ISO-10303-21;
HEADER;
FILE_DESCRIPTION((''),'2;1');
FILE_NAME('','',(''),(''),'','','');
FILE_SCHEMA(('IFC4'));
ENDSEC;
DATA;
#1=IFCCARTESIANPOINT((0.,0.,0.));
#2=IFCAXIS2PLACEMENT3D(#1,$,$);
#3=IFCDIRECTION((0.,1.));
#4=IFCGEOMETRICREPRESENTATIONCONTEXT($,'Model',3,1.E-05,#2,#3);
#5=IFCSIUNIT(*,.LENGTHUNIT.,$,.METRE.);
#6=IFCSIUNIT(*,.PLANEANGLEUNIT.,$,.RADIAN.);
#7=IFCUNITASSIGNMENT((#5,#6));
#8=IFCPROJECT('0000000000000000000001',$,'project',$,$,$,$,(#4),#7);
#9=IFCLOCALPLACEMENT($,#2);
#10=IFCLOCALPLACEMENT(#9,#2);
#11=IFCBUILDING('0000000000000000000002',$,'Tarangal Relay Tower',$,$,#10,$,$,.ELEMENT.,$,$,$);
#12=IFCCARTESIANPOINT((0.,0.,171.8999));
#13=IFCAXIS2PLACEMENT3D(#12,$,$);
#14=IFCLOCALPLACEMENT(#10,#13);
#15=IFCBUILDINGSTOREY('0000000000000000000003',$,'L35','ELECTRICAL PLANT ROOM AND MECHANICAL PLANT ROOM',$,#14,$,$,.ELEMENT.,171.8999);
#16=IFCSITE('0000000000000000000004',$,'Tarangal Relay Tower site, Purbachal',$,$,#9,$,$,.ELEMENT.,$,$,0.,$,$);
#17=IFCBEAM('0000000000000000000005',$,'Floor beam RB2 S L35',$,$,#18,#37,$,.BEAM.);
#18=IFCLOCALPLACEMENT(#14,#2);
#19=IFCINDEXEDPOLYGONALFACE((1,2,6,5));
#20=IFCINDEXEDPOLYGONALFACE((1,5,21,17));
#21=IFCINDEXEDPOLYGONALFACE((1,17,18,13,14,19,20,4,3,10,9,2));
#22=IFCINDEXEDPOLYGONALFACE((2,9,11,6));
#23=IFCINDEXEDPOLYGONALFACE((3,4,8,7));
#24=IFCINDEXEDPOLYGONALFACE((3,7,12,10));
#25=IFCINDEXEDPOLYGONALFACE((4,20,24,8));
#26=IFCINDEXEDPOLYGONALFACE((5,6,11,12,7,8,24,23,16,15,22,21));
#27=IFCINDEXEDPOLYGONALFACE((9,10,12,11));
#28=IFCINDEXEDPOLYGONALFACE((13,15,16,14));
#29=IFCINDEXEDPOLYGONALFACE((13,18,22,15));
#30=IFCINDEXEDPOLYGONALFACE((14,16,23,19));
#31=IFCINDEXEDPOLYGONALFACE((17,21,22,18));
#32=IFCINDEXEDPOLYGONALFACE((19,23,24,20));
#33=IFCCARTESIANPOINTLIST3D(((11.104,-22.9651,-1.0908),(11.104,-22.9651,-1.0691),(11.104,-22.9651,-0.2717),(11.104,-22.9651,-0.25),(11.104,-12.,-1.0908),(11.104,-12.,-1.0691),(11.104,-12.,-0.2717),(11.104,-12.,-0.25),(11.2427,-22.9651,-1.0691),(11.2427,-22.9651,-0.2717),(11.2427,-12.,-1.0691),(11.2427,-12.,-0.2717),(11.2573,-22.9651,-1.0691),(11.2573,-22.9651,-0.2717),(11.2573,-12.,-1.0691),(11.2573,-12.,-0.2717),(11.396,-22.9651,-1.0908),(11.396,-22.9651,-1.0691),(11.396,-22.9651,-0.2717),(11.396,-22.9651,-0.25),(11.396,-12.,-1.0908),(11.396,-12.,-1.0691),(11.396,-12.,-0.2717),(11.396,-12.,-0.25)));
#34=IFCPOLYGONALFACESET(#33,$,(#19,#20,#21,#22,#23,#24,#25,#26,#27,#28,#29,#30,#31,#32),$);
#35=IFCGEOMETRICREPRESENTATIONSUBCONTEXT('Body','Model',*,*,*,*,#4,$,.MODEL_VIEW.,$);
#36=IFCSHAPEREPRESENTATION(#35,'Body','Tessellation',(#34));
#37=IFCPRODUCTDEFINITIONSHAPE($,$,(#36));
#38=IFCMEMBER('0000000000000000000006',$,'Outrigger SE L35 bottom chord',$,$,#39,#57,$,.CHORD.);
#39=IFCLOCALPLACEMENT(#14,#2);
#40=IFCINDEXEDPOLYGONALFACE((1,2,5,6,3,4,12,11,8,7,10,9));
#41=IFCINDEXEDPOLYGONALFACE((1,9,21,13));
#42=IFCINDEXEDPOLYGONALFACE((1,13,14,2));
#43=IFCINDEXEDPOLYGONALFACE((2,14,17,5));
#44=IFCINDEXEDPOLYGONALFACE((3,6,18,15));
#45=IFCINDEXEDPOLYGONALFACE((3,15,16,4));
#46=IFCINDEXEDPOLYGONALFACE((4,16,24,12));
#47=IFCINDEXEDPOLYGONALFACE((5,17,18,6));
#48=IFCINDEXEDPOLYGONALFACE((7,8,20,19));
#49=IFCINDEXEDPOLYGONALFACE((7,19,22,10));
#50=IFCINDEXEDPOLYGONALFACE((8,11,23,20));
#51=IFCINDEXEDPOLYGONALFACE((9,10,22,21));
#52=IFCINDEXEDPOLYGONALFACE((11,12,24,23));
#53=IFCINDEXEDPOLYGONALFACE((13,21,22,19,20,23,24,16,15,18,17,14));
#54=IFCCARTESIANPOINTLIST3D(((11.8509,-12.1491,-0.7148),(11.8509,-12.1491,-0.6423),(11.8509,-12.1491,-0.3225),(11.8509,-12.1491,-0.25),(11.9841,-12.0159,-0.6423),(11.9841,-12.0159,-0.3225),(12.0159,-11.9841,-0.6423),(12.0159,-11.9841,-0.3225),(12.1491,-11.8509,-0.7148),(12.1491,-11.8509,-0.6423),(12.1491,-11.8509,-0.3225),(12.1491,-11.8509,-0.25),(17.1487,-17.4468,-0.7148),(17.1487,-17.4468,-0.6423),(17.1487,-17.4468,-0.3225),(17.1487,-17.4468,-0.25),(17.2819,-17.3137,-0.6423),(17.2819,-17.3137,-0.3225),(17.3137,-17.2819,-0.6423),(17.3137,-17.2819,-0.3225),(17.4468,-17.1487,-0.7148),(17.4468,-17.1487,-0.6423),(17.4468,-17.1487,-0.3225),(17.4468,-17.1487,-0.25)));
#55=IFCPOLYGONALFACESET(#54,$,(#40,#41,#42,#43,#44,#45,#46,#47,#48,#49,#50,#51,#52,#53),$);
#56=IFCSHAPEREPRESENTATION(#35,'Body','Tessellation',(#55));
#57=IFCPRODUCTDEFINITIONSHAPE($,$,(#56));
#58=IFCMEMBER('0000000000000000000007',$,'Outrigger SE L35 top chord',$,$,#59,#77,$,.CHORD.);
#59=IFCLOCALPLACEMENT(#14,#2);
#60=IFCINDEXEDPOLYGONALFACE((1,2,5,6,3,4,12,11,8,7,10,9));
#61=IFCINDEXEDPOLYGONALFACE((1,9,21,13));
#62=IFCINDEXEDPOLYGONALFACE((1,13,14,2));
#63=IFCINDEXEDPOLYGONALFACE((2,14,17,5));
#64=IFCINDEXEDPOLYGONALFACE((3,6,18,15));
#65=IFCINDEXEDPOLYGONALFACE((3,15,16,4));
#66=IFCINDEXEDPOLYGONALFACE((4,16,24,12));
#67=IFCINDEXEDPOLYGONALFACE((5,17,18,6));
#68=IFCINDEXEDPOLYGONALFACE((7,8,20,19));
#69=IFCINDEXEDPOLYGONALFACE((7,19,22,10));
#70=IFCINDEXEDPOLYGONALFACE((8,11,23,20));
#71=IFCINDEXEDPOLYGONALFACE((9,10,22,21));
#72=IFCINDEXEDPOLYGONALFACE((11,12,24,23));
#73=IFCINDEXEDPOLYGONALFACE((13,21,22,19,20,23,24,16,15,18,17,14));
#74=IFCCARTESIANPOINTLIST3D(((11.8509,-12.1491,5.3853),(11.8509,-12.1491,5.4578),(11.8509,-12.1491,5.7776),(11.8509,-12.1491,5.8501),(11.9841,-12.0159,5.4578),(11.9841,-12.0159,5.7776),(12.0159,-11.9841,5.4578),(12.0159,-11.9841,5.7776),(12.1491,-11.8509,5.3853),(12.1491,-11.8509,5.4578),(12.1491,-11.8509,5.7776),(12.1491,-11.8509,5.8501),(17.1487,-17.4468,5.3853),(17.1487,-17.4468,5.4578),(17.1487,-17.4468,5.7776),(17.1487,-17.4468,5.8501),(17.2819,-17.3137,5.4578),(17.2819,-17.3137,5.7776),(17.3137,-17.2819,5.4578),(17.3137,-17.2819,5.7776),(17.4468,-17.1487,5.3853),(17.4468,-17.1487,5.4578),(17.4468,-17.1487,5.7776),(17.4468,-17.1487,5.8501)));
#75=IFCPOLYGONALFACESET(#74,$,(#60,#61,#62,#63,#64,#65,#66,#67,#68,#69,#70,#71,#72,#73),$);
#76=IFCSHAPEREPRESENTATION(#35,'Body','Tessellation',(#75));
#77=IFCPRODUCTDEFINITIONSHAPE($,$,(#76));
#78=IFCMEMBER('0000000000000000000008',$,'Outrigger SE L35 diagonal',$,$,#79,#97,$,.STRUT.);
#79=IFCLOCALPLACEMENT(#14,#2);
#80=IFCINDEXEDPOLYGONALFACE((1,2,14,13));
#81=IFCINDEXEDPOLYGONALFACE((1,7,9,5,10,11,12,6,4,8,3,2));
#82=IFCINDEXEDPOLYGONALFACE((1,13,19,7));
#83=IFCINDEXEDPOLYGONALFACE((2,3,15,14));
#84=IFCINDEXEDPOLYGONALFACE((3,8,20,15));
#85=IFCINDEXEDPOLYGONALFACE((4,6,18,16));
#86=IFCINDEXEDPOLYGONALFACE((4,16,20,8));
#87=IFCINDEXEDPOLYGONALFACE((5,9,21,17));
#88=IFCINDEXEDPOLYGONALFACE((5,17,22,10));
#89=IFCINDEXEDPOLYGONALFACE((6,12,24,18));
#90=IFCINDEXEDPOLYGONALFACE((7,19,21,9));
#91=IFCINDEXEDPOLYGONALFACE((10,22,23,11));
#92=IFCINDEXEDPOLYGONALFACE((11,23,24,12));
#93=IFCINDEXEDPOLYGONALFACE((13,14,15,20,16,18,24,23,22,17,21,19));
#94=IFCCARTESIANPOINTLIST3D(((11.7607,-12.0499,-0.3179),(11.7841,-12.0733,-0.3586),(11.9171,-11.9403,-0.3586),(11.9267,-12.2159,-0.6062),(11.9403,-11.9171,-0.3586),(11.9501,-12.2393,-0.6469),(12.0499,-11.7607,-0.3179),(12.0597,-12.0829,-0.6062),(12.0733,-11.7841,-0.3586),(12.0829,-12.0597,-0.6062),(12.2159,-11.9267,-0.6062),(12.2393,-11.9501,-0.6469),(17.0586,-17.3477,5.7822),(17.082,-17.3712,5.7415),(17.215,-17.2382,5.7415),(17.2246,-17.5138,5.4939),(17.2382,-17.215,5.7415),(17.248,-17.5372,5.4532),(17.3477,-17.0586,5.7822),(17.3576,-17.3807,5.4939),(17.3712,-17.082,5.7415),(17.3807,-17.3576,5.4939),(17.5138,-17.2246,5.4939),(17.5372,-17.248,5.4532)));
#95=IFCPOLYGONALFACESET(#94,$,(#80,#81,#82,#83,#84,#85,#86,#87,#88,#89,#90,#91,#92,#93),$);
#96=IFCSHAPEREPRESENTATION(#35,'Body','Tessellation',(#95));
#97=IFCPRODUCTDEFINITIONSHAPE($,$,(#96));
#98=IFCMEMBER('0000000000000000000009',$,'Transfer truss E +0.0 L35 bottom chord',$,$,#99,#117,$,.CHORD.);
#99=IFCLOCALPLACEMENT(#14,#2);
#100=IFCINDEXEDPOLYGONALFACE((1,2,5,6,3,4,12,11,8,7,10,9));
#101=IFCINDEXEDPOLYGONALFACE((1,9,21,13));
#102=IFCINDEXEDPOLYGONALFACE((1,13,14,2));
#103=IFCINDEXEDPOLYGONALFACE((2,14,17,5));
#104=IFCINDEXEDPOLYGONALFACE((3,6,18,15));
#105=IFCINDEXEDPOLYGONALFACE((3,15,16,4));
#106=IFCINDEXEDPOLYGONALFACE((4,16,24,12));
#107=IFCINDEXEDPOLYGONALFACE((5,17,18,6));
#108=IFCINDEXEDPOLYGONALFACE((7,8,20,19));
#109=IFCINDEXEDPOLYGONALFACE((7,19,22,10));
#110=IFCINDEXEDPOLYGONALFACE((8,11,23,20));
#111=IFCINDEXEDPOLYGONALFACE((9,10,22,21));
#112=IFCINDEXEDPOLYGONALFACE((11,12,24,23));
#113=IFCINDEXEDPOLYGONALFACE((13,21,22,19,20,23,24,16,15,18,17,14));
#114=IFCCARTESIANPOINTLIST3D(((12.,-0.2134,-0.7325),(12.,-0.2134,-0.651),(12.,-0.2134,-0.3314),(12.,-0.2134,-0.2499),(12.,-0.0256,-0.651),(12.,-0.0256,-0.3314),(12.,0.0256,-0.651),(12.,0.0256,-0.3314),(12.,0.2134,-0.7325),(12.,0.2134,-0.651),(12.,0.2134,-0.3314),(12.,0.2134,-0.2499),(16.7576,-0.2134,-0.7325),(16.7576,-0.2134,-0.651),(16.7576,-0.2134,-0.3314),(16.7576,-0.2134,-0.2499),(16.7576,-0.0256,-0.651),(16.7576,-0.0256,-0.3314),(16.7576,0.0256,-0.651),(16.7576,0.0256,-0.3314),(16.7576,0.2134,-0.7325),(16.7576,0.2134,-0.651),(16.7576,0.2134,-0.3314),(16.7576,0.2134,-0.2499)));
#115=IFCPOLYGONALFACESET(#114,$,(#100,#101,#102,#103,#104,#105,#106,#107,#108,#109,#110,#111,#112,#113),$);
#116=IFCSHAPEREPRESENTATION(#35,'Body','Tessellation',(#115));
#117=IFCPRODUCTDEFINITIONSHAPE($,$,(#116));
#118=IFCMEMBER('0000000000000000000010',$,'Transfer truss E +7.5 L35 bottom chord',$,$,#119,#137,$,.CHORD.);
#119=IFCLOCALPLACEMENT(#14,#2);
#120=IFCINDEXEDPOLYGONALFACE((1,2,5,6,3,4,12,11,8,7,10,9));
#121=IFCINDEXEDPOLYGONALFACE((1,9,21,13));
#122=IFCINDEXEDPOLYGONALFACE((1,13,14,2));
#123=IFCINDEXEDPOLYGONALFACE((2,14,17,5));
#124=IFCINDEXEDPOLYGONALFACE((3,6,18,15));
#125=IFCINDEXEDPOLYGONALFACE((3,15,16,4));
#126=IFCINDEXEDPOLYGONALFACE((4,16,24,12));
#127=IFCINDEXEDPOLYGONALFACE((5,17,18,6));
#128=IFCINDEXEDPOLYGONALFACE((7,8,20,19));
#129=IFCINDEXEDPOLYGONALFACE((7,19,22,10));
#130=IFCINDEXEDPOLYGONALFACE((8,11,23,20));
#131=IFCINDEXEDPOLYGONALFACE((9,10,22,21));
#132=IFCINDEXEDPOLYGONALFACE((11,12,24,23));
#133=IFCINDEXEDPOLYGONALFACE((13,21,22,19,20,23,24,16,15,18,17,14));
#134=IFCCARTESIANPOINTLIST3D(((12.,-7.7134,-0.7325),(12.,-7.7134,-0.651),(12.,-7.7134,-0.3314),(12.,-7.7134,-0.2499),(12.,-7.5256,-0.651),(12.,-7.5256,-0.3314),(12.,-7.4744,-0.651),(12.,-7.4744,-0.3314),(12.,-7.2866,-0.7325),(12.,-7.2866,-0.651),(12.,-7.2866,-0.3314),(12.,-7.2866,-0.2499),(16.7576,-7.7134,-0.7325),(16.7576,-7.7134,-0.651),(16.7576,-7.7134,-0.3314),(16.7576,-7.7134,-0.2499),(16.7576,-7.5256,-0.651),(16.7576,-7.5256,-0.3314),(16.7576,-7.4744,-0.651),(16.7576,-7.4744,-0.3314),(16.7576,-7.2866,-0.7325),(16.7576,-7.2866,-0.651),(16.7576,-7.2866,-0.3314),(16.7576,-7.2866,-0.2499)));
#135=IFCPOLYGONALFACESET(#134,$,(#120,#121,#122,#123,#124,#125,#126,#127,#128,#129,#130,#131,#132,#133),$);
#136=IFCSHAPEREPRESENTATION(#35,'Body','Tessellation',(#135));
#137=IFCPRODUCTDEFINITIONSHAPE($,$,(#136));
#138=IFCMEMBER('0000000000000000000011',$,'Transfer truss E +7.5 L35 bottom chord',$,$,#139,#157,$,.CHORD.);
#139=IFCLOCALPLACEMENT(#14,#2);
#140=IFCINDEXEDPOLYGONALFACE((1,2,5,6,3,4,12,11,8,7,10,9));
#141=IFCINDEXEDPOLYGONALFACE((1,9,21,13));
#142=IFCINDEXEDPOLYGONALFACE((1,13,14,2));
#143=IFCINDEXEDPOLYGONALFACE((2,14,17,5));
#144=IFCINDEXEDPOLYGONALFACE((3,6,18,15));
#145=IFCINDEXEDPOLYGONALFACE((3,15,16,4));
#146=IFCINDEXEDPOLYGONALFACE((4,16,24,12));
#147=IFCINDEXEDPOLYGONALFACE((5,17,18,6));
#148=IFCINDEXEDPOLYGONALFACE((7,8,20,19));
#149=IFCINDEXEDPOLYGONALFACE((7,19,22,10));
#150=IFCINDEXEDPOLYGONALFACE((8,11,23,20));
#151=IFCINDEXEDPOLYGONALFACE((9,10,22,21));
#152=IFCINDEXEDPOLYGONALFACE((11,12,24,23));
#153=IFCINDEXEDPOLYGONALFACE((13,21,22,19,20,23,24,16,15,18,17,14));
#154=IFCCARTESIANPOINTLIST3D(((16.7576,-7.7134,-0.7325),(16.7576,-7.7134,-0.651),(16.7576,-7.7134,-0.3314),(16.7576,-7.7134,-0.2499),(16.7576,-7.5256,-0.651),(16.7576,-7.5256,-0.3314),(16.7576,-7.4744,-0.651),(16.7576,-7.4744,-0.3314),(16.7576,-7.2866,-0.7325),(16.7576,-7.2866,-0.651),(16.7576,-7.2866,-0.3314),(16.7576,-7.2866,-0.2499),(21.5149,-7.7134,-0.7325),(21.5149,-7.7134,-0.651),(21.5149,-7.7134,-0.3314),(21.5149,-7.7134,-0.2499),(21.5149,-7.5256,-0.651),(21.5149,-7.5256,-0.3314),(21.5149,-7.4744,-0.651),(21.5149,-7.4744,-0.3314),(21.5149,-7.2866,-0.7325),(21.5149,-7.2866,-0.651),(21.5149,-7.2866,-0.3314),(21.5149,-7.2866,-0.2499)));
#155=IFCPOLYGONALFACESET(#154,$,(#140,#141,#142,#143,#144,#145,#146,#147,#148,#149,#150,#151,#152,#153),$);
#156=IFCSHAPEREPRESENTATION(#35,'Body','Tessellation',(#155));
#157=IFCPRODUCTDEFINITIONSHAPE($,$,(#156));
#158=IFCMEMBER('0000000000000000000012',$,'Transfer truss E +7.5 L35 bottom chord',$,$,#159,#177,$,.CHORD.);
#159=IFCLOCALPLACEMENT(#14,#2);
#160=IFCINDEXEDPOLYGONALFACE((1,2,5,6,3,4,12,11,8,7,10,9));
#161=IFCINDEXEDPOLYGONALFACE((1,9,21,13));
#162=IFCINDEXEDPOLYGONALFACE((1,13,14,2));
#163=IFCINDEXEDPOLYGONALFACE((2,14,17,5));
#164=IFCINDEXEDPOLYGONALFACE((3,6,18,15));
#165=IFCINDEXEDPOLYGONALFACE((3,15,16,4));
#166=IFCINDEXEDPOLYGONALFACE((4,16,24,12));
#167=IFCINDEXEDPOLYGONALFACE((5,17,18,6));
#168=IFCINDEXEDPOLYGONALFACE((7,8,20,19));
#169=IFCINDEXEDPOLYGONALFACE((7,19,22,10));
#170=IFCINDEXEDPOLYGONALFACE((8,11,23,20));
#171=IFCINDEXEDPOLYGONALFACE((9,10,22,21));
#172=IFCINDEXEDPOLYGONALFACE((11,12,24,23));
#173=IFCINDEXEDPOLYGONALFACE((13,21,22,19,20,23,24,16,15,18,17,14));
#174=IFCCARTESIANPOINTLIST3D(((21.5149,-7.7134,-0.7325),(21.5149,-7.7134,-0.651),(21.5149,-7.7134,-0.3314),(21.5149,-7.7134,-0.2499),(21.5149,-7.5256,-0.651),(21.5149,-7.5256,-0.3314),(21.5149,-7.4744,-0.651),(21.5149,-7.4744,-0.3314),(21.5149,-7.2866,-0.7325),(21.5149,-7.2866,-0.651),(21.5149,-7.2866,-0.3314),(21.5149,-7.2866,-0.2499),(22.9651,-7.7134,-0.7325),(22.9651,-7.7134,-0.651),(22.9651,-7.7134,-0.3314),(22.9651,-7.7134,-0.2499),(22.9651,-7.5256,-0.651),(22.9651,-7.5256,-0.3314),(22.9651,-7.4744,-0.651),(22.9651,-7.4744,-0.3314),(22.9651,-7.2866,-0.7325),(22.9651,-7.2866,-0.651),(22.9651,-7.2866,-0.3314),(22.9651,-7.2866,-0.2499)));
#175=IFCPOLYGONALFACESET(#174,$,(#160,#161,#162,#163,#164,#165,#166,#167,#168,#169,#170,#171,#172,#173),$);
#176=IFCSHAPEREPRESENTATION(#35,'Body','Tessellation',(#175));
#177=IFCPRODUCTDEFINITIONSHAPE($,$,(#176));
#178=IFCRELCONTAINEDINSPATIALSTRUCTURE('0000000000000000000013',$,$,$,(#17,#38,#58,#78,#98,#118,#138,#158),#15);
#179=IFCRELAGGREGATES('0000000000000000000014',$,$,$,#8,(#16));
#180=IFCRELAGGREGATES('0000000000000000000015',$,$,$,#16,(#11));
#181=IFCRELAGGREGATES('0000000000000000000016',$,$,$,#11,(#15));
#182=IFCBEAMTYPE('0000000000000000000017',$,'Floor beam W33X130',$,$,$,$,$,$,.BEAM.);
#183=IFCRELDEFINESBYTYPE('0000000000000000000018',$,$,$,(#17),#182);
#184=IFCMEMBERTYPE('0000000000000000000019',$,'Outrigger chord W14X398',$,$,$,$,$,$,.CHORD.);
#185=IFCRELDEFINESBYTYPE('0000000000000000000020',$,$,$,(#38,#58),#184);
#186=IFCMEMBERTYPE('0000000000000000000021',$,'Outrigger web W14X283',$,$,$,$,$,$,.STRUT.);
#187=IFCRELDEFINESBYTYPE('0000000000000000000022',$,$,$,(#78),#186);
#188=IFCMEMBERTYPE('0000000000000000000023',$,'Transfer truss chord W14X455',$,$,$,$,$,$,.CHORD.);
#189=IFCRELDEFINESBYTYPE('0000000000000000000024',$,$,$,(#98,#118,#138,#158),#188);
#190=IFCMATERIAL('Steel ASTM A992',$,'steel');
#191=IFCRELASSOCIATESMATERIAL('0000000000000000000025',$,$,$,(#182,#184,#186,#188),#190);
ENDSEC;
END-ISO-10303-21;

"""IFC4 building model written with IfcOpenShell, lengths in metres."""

from ifc_helpers import new_model, si_unit, direction, frame, origin, origin_2d, place, context, subcontext, project, spatial, i_section, extrude, material, material_profile, profile_set, type_object, element, save


model = new_model("IFC4")

# Units and contexts
model_context = context("Model", 3, precision=1e-05, world=origin(), true_north=direction((0.0, 1.0)))
body_context = subcontext(model_context, "Body", "Model", "MODEL_VIEW")
ifc_project = project(units=[si_unit("LENGTHUNIT", "METRE"), si_unit("PLANEANGLEUNIT", "RADIAN")], contexts=[model_context])

# Site, building, storey
site_placement = place(None, origin())
site = spatial("IfcSite", under=ifc_project, at=site_placement, Name="Tarangal Relay Tower site, Purbachal", CompositionType="ELEMENT", RefElevation=0.0)
building_placement = place(site_placement, origin())
building = spatial("IfcBuilding", under=site, at=building_placement, Name="Tarangal Relay Tower", CompositionType="ELEMENT")
storey_placement = place(building_placement, frame((0.0, 0.0, 171.8999)))
storey = spatial("IfcBuildingStorey", under=building, at=storey_placement, Name="L35", Description="ELECTRICAL PLANT ROOM AND MECHANICAL PLANT ROOM", CompositionType="ELEMENT", Elevation=171.8999)

# Shared definitions
ifc_material_1 = material(Name="Steel ASTM A992", Category="steel")

# Beam
ifc_material_profile_1 = material_profile(ifc_material_1, i_section(OverallWidth=0.292, OverallDepth=0.8408, WebThickness=0.0146, FlangeThickness=0.0217, at=origin_2d()), Name="W33X130")
ifc_profile_set_1 = profile_set([ifc_material_profile_1], Name="Steel ASTM A992")
beam_type_1 = type_object("IfcBeamType", Name="Floor beam W33X130", PredefinedType="BEAM", material=ifc_profile_set_1)
for number, where, z_axis, x_axis, name in (
    (1, (11.25, -12.0, -0.6704), (0.0, -1.0, 0.0), (1.0, 0.0, 0.0), "Floor beam RB2 S L35"),
):
    element("IfcBeam", number, at=place(storey_placement, frame(where, z_axis=z_axis, x_axis=x_axis)), inside=storey, type_object=beam_type_1, Name=name, PredefinedType="BEAM", context=body_context, shape_type="SweptSolid", body=[
        extrude(i_section(OverallWidth=0.292, OverallDepth=0.8408, WebThickness=0.0146, FlangeThickness=0.0217, at=origin_2d()), origin(), (0.0, 0.0, 1.0), 10.9651),
    ])

# Members
ifc_material_profile_2 = material_profile(ifc_material_1, i_section(OverallWidth=0.4216, OverallDepth=0.4648, WebThickness=0.0449, FlangeThickness=0.0725, at=origin_2d()), Name="W14X398")
ifc_profile_set_2 = profile_set([ifc_material_profile_2], Name="Steel ASTM A992")
member_type_1 = type_object("IfcMemberType", Name="Outrigger chord W14X398", PredefinedType="CHORD", material=ifc_profile_set_2)
for number, where, z_axis, x_axis, name in (
    (2, (12.0, -12.0, -0.4824), (0.707107, -0.707107, 0.0), (0.707107, 0.707107, 0.0), "Outrigger SE L35 bottom chord"),
    (3, (12.0, -12.0, 5.6177), (0.707107, -0.707107, 0.0), (0.707107, 0.707107, 0.0), "Outrigger SE L35 top chord"),
):
    element("IfcMember", number, at=place(storey_placement, frame(where, z_axis=z_axis, x_axis=x_axis)), inside=storey, type_object=member_type_1, Name=name, PredefinedType="CHORD", context=body_context, shape_type="SweptSolid", body=[
        extrude(i_section(OverallWidth=0.4216, OverallDepth=0.4648, WebThickness=0.0449, FlangeThickness=0.0725, at=origin_2d()), origin(), (0.0, 0.0, 1.0), 7.4922),
    ])
ifc_material_profile_3 = material_profile(ifc_material_1, i_section(OverallWidth=0.4089, OverallDepth=0.4243, WebThickness=0.0327, FlangeThickness=0.0525, at=origin_2d()), Name="W14X283")
ifc_profile_set_3 = profile_set([ifc_material_profile_3], Name="Steel ASTM A992")
member_type_2 = type_object("IfcMemberType", Name="Outrigger web W14X283", PredefinedType="STRUT", material=ifc_profile_set_3)
member_1_placement = place(storey_placement, frame((12.0, -12.0, -0.4824), z_axis=(0.548344, -0.548344, 0.631378), x_axis=(0.707107, 0.707107, 0.0)))
element("IfcMember", 4, at=member_1_placement, inside=storey, type_object=member_type_2, Name="Outrigger SE L35 diagonal", PredefinedType="STRUT", context=body_context, shape_type="SweptSolid", body=[
    extrude(i_section(OverallWidth=0.4089, OverallDepth=0.4243, WebThickness=0.0327, FlangeThickness=0.0525, at=origin_2d()), origin(), (0.0, 0.0, 1.0), 9.6616),
])
ifc_material_profile_4 = material_profile(ifc_material_1, i_section(OverallWidth=0.4268, OverallDepth=0.4827, WebThickness=0.0513, FlangeThickness=0.0815, at=origin_2d()), Name="W14X455")
ifc_profile_set_4 = profile_set([ifc_material_profile_4], Name="Steel ASTM A992")
member_type_3 = type_object("IfcMemberType", Name="Transfer truss chord W14X455", PredefinedType="CHORD", material=ifc_profile_set_4)
for number, where, z_axis, x_axis, name in (
    (5, (12.0, 0.0, -0.4912), (1.0, 0.0, 0.0), (0.0, 1.0, 0.0), "Transfer truss E +0.0 L35 bottom chord"),
    (6, (12.0, -7.5, -0.4912), (1.0, 0.0, 0.0), (0.0, 1.0, 0.0), "Transfer truss E +7.5 L35 bottom chord"),
):
    element("IfcMember", number, at=place(storey_placement, frame(where, z_axis=z_axis, x_axis=x_axis)), inside=storey, type_object=member_type_3, Name=name, PredefinedType="CHORD", context=body_context, shape_type="SweptSolid", body=[
        extrude(i_section(OverallWidth=0.4268, OverallDepth=0.4827, WebThickness=0.0513, FlangeThickness=0.0815, at=origin_2d()), origin(), (0.0, 0.0, 1.0), 4.7576),
    ])
member_2_placement = place(storey_placement, frame((16.7576, -7.5, -0.4912), z_axis=(1.0, 0.0, 0.0), x_axis=(0.0, 1.0, 0.0)))
element("IfcMember", 7, at=member_2_placement, inside=storey, type_object=member_type_3, Name="Transfer truss E +7.5 L35 bottom chord", PredefinedType="CHORD", context=body_context, shape_type="SweptSolid", body=[
    extrude(i_section(OverallWidth=0.4268, OverallDepth=0.4827, WebThickness=0.0513, FlangeThickness=0.0815, at=origin_2d()), origin(), (0.0, 0.0, 1.0), 4.7573),
])
member_3_placement = place(storey_placement, frame((21.5149, -7.5, -0.4912), z_axis=(1.0, 0.0, 0.0), x_axis=(0.0, 1.0, 0.0)))
element("IfcMember", 8, at=member_3_placement, inside=storey, type_object=member_type_3, Name="Transfer truss E +7.5 L35 bottom chord", PredefinedType="CHORD", context=body_context, shape_type="SweptSolid", body=[
    extrude(i_section(OverallWidth=0.4268, OverallDepth=0.4827, WebThickness=0.0513, FlangeThickness=0.0815, at=origin_2d()), origin(), (0.0, 0.0, 1.0), 1.4502),
])

save(model, "model.ifc")
